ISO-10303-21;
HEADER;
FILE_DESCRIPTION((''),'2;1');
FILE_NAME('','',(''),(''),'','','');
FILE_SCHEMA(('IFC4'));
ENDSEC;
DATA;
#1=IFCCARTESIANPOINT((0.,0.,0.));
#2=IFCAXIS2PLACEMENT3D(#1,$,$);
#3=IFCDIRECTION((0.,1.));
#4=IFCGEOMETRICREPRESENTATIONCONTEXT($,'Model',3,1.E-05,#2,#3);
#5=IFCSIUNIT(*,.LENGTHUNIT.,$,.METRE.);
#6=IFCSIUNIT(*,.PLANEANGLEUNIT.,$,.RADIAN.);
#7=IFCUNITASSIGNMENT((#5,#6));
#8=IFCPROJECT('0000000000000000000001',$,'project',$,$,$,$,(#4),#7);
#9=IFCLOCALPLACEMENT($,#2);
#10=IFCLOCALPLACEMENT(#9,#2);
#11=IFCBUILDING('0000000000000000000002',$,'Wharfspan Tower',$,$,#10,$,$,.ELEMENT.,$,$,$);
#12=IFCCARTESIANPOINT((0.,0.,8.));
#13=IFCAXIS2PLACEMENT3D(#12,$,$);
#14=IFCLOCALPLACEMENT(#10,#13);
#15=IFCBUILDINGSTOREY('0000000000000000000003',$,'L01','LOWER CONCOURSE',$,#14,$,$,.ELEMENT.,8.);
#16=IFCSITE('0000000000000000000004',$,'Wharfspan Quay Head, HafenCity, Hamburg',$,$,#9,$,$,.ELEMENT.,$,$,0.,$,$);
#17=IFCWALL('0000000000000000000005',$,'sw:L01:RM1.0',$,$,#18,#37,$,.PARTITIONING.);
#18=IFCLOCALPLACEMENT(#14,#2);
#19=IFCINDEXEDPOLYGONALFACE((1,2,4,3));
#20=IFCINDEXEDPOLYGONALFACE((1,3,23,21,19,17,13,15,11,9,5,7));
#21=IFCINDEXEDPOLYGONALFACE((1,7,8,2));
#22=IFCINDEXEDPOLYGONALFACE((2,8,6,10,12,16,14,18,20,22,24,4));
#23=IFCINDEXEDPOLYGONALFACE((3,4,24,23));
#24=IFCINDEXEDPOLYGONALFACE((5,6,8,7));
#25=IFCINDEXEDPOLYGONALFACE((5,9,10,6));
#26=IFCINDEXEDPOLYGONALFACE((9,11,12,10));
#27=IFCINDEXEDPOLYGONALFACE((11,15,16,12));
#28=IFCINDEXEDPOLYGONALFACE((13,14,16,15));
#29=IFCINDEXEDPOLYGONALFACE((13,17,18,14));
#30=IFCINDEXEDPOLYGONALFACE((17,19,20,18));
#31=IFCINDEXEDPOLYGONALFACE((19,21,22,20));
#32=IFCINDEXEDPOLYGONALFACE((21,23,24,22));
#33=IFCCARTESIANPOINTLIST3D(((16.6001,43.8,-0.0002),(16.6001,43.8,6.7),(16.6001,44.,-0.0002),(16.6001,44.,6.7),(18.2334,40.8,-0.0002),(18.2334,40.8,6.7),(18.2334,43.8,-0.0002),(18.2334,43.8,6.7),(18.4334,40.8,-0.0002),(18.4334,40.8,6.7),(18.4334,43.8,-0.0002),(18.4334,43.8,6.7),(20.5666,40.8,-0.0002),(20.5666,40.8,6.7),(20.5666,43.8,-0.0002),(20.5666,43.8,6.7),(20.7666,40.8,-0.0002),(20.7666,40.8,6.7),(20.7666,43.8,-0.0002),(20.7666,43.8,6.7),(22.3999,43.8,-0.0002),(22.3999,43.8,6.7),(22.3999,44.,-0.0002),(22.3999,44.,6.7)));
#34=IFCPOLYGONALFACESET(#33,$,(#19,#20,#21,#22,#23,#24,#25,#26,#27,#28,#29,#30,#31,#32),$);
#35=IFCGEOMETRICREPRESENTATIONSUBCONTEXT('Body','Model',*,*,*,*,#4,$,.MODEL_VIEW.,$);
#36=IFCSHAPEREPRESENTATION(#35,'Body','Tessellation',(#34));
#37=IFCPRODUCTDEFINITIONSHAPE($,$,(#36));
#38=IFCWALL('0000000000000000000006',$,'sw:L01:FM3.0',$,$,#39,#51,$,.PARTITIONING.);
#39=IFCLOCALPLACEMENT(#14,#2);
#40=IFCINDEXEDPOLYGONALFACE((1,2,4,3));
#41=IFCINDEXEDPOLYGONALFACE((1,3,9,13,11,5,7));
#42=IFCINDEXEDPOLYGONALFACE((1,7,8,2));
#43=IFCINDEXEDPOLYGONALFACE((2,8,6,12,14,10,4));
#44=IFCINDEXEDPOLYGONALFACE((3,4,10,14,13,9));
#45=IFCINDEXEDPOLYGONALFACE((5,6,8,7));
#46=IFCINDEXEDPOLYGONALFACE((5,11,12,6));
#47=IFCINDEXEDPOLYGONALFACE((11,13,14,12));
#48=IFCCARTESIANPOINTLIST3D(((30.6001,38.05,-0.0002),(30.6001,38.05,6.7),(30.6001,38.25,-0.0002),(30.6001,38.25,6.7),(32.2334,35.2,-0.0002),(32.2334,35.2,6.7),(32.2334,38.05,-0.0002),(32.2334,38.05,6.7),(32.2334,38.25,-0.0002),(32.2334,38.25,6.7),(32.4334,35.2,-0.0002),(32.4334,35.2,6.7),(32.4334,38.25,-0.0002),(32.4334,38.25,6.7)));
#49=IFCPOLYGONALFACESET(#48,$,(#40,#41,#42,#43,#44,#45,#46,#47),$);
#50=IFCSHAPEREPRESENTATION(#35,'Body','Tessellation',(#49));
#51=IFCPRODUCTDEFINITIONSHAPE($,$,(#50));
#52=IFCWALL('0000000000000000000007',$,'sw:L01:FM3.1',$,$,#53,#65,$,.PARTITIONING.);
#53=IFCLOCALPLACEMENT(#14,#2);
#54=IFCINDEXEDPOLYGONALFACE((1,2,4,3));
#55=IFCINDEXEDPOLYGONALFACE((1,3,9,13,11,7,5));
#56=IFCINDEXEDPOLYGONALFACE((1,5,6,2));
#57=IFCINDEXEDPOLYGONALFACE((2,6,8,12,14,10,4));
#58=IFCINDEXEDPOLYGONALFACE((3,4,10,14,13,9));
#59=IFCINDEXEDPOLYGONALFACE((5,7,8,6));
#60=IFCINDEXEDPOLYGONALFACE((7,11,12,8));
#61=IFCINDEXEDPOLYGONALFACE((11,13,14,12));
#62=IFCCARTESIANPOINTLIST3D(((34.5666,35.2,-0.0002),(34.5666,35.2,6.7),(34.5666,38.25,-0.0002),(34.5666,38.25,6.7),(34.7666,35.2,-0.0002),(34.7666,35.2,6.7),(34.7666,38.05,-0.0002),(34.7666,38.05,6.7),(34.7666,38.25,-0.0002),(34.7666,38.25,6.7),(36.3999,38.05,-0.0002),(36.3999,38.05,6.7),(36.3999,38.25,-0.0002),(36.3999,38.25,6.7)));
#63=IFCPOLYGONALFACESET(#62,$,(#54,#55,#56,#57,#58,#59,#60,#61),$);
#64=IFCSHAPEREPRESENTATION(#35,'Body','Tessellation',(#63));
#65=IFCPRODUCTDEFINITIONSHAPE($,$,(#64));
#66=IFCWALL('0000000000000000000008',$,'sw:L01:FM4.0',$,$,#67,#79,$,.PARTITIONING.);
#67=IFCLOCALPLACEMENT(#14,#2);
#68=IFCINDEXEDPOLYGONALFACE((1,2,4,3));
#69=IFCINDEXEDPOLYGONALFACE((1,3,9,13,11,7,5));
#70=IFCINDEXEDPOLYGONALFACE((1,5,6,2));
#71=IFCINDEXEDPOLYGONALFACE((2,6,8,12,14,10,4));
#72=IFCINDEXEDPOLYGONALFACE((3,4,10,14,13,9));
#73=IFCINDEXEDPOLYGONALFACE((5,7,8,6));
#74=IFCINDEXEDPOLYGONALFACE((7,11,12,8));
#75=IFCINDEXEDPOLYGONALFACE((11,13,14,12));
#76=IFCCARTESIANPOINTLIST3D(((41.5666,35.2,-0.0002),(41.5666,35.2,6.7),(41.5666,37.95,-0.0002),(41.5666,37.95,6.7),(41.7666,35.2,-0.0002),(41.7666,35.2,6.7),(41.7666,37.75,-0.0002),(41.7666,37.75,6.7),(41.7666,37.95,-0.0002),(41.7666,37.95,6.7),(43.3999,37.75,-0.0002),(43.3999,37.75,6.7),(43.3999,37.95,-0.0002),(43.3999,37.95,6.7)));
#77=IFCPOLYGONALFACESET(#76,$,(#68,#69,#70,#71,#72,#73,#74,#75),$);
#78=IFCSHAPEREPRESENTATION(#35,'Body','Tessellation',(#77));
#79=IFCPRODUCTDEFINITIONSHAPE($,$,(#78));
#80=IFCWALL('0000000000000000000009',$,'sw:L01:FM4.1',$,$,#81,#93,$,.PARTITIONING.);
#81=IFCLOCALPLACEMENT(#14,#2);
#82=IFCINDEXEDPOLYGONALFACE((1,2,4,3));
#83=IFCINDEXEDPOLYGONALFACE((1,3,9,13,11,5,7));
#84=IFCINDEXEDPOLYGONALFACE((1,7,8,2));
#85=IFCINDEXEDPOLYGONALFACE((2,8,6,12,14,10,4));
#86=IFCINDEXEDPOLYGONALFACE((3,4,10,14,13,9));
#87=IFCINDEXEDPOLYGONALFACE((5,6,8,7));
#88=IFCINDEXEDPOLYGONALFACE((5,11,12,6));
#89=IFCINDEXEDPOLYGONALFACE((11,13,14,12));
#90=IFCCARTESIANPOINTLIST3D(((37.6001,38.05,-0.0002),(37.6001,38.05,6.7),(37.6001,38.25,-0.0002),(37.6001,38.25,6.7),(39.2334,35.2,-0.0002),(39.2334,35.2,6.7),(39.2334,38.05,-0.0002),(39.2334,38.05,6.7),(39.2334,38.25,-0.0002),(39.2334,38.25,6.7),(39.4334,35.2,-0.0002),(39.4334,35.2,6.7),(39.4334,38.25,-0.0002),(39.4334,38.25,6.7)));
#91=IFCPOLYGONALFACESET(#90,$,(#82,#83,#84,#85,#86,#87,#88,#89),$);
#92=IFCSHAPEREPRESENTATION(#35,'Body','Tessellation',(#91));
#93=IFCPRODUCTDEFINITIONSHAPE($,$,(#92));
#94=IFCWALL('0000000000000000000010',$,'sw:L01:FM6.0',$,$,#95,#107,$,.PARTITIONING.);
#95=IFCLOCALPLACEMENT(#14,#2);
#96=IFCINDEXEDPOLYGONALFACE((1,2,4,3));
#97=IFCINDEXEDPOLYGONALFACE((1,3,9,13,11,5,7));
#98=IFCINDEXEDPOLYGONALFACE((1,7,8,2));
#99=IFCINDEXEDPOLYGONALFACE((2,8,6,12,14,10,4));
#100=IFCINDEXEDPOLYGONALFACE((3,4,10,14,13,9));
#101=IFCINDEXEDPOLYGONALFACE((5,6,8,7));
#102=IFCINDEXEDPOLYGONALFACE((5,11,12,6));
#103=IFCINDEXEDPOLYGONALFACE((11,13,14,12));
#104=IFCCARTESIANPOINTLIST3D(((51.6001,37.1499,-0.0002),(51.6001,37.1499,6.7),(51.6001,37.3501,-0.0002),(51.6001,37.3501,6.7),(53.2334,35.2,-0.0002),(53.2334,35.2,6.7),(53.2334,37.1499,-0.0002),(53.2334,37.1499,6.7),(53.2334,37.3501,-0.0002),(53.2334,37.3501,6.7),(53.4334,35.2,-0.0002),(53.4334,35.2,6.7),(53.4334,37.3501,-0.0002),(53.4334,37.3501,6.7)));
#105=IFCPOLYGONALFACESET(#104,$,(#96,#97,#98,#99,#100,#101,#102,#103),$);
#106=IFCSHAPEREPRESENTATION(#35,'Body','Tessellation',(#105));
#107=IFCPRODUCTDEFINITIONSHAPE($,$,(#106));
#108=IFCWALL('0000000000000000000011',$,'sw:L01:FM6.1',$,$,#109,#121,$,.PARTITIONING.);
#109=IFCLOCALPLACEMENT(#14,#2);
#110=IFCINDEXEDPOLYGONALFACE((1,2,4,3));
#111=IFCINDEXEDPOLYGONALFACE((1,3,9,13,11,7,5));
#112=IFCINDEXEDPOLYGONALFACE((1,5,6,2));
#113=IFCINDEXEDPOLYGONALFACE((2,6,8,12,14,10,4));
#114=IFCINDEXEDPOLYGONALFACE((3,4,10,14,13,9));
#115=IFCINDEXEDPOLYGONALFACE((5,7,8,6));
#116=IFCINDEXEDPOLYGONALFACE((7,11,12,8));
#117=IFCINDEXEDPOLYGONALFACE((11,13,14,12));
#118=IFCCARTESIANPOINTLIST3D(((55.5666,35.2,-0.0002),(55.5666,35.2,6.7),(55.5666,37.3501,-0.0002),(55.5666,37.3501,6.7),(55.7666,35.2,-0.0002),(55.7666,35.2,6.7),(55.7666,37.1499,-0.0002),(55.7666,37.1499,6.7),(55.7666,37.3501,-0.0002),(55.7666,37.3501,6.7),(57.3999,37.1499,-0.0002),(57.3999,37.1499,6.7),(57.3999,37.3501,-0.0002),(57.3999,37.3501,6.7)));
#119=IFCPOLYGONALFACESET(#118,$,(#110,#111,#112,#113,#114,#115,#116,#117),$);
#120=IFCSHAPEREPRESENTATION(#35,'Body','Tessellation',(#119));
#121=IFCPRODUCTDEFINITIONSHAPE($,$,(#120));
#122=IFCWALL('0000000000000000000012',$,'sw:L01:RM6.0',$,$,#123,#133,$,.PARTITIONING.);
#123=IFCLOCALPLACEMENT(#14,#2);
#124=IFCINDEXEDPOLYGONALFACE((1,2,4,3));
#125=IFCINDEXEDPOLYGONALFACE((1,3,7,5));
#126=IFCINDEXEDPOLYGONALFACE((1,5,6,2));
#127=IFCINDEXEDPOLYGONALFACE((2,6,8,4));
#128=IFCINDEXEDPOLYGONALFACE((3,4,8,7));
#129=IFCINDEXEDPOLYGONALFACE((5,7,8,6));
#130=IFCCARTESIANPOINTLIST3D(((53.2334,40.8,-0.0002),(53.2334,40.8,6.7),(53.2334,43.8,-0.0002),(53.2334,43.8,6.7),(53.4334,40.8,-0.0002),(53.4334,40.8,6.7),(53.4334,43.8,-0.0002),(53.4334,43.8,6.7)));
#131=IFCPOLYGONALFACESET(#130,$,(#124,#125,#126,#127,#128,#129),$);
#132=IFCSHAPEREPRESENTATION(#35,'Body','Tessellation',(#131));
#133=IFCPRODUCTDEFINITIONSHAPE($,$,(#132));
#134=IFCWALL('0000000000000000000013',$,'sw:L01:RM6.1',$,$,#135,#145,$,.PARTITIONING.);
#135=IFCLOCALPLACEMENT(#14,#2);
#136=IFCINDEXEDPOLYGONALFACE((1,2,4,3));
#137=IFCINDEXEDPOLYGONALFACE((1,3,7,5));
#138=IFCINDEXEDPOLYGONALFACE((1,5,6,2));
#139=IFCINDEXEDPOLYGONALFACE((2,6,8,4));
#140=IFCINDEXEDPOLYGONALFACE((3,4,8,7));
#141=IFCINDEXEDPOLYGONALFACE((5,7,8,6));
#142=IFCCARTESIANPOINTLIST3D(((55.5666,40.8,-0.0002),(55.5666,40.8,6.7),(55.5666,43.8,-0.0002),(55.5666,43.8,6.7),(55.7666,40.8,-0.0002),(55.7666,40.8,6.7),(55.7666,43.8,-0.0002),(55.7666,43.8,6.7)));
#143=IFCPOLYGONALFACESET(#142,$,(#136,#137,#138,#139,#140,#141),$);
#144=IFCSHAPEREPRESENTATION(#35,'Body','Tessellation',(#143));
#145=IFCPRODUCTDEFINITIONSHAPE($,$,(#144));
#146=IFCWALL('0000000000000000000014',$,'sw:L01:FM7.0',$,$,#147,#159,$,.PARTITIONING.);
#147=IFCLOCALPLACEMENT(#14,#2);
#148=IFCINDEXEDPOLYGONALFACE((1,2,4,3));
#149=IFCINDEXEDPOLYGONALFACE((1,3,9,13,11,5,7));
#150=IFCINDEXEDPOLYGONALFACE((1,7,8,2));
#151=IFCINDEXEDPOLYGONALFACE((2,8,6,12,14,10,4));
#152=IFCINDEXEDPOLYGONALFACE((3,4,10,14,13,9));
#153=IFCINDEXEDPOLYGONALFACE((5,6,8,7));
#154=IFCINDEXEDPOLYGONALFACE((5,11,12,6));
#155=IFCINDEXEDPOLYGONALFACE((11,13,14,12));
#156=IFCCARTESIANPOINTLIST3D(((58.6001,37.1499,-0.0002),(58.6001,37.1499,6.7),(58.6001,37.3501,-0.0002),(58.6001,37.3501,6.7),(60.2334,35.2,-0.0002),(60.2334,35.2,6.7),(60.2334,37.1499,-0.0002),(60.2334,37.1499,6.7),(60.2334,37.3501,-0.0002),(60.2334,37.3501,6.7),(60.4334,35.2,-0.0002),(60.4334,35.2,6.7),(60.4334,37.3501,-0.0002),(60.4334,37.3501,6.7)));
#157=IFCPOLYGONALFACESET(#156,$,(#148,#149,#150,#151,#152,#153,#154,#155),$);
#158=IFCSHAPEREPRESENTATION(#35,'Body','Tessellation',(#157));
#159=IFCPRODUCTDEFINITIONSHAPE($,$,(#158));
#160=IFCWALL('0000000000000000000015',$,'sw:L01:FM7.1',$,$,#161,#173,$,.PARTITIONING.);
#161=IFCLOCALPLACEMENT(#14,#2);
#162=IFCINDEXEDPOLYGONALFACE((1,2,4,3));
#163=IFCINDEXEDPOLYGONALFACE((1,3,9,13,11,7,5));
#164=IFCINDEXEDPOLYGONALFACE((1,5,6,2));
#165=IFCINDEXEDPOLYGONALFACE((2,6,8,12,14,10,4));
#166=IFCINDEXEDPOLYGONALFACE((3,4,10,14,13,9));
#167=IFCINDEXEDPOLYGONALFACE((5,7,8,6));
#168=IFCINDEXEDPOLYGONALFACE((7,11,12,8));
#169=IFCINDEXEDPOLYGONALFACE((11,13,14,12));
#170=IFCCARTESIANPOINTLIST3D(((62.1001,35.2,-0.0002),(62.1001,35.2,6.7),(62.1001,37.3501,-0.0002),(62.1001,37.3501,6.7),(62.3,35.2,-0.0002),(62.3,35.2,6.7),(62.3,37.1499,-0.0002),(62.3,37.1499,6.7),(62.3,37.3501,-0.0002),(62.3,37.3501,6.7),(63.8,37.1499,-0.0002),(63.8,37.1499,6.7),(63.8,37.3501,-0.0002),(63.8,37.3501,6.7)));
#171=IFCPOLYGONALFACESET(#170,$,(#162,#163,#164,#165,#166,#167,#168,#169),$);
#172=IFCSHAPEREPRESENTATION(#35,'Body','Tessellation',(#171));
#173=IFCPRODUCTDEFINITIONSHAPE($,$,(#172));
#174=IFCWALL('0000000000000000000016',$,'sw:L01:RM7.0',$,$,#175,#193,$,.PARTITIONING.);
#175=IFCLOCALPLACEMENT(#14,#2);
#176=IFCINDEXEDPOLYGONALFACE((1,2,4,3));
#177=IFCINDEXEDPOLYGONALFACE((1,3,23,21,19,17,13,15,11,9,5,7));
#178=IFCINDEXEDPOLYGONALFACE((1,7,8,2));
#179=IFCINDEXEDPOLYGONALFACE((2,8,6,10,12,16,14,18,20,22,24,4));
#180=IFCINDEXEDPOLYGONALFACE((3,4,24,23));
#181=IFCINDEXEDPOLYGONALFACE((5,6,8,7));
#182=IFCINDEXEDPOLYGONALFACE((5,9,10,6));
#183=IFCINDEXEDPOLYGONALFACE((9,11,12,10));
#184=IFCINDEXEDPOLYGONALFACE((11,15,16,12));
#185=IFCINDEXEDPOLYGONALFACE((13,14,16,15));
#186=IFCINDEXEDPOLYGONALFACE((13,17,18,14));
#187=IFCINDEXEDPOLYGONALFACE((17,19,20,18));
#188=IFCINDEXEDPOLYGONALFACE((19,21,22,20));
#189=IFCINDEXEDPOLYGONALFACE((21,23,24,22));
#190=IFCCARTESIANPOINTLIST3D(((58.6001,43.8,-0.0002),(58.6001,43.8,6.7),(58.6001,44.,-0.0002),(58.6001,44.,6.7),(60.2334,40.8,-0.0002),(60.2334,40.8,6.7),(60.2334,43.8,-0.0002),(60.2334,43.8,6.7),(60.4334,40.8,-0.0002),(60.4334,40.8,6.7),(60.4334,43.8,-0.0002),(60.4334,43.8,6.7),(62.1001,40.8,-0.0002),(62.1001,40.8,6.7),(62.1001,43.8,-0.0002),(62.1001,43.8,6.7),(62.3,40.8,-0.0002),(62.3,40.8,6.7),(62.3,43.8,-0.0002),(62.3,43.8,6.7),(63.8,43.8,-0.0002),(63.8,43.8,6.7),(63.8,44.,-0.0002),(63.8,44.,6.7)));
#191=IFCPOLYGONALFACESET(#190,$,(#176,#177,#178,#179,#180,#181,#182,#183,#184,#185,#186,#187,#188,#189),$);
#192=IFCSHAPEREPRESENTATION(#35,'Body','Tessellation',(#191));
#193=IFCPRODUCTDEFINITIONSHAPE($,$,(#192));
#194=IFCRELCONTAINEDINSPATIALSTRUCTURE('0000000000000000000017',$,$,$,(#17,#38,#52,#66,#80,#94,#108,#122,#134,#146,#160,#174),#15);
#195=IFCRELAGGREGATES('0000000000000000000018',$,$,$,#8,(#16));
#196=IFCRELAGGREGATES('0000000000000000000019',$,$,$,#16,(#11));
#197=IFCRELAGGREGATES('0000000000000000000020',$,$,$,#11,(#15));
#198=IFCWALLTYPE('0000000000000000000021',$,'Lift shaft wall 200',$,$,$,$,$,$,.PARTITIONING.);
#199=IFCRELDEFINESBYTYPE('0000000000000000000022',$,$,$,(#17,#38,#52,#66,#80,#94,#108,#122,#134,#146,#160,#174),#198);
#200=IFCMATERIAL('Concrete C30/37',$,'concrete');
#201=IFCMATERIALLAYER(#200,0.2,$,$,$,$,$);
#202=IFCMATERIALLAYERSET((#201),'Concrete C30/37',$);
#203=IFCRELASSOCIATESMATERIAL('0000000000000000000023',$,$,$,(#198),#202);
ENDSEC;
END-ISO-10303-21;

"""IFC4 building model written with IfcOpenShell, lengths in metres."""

from ifc_helpers import new_model, si_unit, direction, frame, origin, place, context, subcontext, project, spatial, polyline, outline, extrude, material, layer, layer_set, type_object, element, save


model = new_model("IFC4")

# Units and contexts
model_context = context("Model", 3, precision=1e-05, world=origin(), true_north=direction((0.0, 1.0)))
body_context = subcontext(model_context, "Body", "Model", "MODEL_VIEW")
ifc_project = project(units=[si_unit("LENGTHUNIT", "METRE"), si_unit("PLANEANGLEUNIT", "RADIAN")], contexts=[model_context])

# Site, building, storey
site_placement = place(None, origin())
site = spatial("IfcSite", under=ifc_project, at=site_placement, Name="Wharfspan Quay Head, HafenCity, Hamburg", CompositionType="ELEMENT", RefElevation=0.0)
building_placement = place(site_placement, origin())
building = spatial("IfcBuilding", under=site, at=building_placement, Name="Wharfspan Tower", CompositionType="ELEMENT")
storey_placement = place(building_placement, frame((0.0, 0.0, 8.0)))
storey = spatial("IfcBuildingStorey", under=building, at=storey_placement, Name="L01", Description="LOWER CONCOURSE", CompositionType="ELEMENT", Elevation=8.0)

# Walls
ifc_material_1 = material(Name="Concrete C30/37", Category="concrete")
ifc_layer_1 = layer(ifc_material_1, 0.2)
ifc_layer_set_1 = layer_set([ifc_layer_1], Name="Concrete C30/37")
wall_type_1 = type_object("IfcWallType", Name="Lift shaft wall 200", PredefinedType="PARTITIONING", material=ifc_layer_set_1)
wall_1_placement = place(storey_placement, frame((0.0, 0.0, -0.0002)))
element("IfcWall", 1, at=wall_1_placement, inside=storey, type_object=wall_type_1, Name="sw:L01:RM1.0", PredefinedType="PARTITIONING", context=body_context, shape_type="SweptSolid", body=[
    extrude(outline(polyline([(18.4334, 40.8), (18.2334, 40.8), (18.2334, 43.8), (16.6001, 43.8), (16.6001, 44.0), (22.3999, 44.0), (22.3999, 43.8), (20.7666, 43.8), (20.7666, 40.8), (20.5666, 40.8), (20.5666, 43.8), (18.4334, 43.8), (18.4334, 40.8)])), origin(), (0.0, 0.0, 1.0), 6.7002),
])
wall_2_placement = place(storey_placement, frame((0.0, 0.0, -0.0002)))
element("IfcWall", 2, at=wall_2_placement, inside=storey, type_object=wall_type_1, Name="sw:L01:FM3.0", PredefinedType="PARTITIONING", context=body_context, shape_type="SweptSolid", body=[
    extrude(outline(polyline([(32.2334, 38.05), (30.6001, 38.05), (30.6001, 38.25), (32.2334, 38.25), (32.4333, 38.25), (32.4333, 35.2), (32.2334, 35.2), (32.2334, 38.05)])), origin(), (0.0, 0.0, 1.0), 6.7002),
])
wall_3_placement = place(storey_placement, frame((0.0, 0.0, -0.0002)))
element("IfcWall", 3, at=wall_3_placement, inside=storey, type_object=wall_type_1, Name="sw:L01:FM3.1", PredefinedType="PARTITIONING", context=body_context, shape_type="SweptSolid", body=[
    extrude(outline(polyline([(34.5667, 38.25), (34.7666, 38.25), (36.3999, 38.25), (36.3999, 38.05), (34.7666, 38.05), (34.7666, 35.2), (34.5667, 35.2), (34.5667, 38.25)])), origin(), (0.0, 0.0, 1.0), 6.7002),
])
wall_4_placement = place(storey_placement, frame((0.0, 0.0, -0.0002)))
element("IfcWall", 4, at=wall_4_placement, inside=storey, type_object=wall_type_1, Name="sw:L01:FM4.0", PredefinedType="PARTITIONING", context=body_context, shape_type="SweptSolid", body=[
    extrude(outline(polyline([(41.5667, 37.95), (41.7666, 37.95), (43.3999, 37.95), (43.3999, 37.75), (41.7666, 37.75), (41.7666, 35.2), (41.5667, 35.2), (41.5667, 37.95)])), origin(), (0.0, 0.0, 1.0), 6.7002),
])
wall_5_placement = place(storey_placement, frame((0.0, 0.0, -0.0002)))
element("IfcWall", 5, at=wall_5_placement, inside=storey, type_object=wall_type_1, Name="sw:L01:FM4.1", PredefinedType="PARTITIONING", context=body_context, shape_type="SweptSolid", body=[
    extrude(outline(polyline([(39.2334, 38.05), (37.6001, 38.05), (37.6001, 38.25), (39.2334, 38.25), (39.4333, 38.25), (39.4333, 35.2), (39.2334, 35.2), (39.2334, 38.05)])), origin(), (0.0, 0.0, 1.0), 6.7002),
])
wall_6_placement = place(storey_placement, frame((0.0, 0.0, -0.0002)))
element("IfcWall", 6, at=wall_6_placement, inside=storey, type_object=wall_type_1, Name="sw:L01:FM6.0", PredefinedType="PARTITIONING", context=body_context, shape_type="SweptSolid", body=[
    extrude(outline(polyline([(53.2334, 37.1499), (51.6001, 37.1499), (51.6001, 37.3501), (53.2334, 37.3501), (53.4333, 37.3501), (53.4333, 35.2), (53.2334, 35.2), (53.2334, 37.1499)])), origin(), (0.0, 0.0, 1.0), 6.7002),
])
wall_7_placement = place(storey_placement, frame((0.0, 0.0, -0.0002)))
element("IfcWall", 7, at=wall_7_placement, inside=storey, type_object=wall_type_1, Name="sw:L01:FM6.1", PredefinedType="PARTITIONING", context=body_context, shape_type="SweptSolid", body=[
    extrude(outline(polyline([(55.5667, 37.3501), (55.7666, 37.3501), (57.3999, 37.3501), (57.3999, 37.1499), (55.7666, 37.1499), (55.7666, 35.2), (55.5667, 35.2), (55.5667, 37.3501)])), origin(), (0.0, 0.0, 1.0), 6.7002),
])
wall_8_placement = place(storey_placement, frame((0.0, 0.0, -0.0002)))
element("IfcWall", 8, at=wall_8_placement, inside=storey, type_object=wall_type_1, Name="sw:L01:RM6.0", PredefinedType="PARTITIONING", context=body_context, shape_type="SweptSolid", body=[
    extrude(outline(polyline([(53.2334, 40.8), (53.2334, 43.8), (53.4333, 43.8), (53.4333, 40.8), (53.2334, 40.8)])), origin(), (0.0, 0.0, 1.0), 6.7002),
])
wall_9_placement = place(storey_placement, frame((0.0, 0.0, -0.0002)))
element("IfcWall", 9, at=wall_9_placement, inside=storey, type_object=wall_type_1, Name="sw:L01:RM6.1", PredefinedType="PARTITIONING", context=body_context, shape_type="SweptSolid", body=[
    extrude(outline(polyline([(55.5667, 40.8), (55.5667, 43.8), (55.7666, 43.8), (55.7666, 40.8), (55.5667, 40.8)])), origin(), (0.0, 0.0, 1.0), 6.7002),
])
wall_10_placement = place(storey_placement, frame((0.0, 0.0, -0.0002)))
element("IfcWall", 10, at=wall_10_placement, inside=storey, type_object=wall_type_1, Name="sw:L01:FM7.0", PredefinedType="PARTITIONING", context=body_context, shape_type="SweptSolid", body=[
    extrude(outline(polyline([(60.2334, 37.1499), (58.6001, 37.1499), (58.6001, 37.3501), (60.2334, 37.3501), (60.4333, 37.3501), (60.4333, 35.2), (60.2334, 35.2), (60.2334, 37.1499)])), origin(), (0.0, 0.0, 1.0), 6.7002),
])
wall_11_placement = place(storey_placement, frame((0.0, 0.0, -0.0002)))
element("IfcWall", 11, at=wall_11_placement, inside=storey, type_object=wall_type_1, Name="sw:L01:FM7.1", PredefinedType="PARTITIONING", context=body_context, shape_type="SweptSolid", body=[
    extrude(outline(polyline([(62.1001, 37.3501), (62.3, 37.3501), (63.8, 37.3501), (63.8, 37.1499), (62.3, 37.1499), (62.3, 35.2), (62.1001, 35.2), (62.1001, 37.3501)])), origin(), (0.0, 0.0, 1.0), 6.7002),
])
wall_12_placement = place(storey_placement, frame((0.0, 0.0, -0.0002)))
element("IfcWall", 12, at=wall_12_placement, inside=storey, type_object=wall_type_1, Name="sw:L01:RM7.0", PredefinedType="PARTITIONING", context=body_context, shape_type="SweptSolid", body=[
    extrude(outline(polyline([(60.4333, 40.8), (60.2334, 40.8), (60.2334, 43.8), (58.6001, 43.8), (58.6001, 44.0), (63.8, 44.0), (63.8, 43.8), (62.3, 43.8), (62.3, 40.8), (62.1001, 40.8), (62.1001, 43.8), (60.4333, 43.8), (60.4333, 40.8)])), origin(), (0.0, 0.0, 1.0), 6.7002),
])

save(model, "model.ifc")
